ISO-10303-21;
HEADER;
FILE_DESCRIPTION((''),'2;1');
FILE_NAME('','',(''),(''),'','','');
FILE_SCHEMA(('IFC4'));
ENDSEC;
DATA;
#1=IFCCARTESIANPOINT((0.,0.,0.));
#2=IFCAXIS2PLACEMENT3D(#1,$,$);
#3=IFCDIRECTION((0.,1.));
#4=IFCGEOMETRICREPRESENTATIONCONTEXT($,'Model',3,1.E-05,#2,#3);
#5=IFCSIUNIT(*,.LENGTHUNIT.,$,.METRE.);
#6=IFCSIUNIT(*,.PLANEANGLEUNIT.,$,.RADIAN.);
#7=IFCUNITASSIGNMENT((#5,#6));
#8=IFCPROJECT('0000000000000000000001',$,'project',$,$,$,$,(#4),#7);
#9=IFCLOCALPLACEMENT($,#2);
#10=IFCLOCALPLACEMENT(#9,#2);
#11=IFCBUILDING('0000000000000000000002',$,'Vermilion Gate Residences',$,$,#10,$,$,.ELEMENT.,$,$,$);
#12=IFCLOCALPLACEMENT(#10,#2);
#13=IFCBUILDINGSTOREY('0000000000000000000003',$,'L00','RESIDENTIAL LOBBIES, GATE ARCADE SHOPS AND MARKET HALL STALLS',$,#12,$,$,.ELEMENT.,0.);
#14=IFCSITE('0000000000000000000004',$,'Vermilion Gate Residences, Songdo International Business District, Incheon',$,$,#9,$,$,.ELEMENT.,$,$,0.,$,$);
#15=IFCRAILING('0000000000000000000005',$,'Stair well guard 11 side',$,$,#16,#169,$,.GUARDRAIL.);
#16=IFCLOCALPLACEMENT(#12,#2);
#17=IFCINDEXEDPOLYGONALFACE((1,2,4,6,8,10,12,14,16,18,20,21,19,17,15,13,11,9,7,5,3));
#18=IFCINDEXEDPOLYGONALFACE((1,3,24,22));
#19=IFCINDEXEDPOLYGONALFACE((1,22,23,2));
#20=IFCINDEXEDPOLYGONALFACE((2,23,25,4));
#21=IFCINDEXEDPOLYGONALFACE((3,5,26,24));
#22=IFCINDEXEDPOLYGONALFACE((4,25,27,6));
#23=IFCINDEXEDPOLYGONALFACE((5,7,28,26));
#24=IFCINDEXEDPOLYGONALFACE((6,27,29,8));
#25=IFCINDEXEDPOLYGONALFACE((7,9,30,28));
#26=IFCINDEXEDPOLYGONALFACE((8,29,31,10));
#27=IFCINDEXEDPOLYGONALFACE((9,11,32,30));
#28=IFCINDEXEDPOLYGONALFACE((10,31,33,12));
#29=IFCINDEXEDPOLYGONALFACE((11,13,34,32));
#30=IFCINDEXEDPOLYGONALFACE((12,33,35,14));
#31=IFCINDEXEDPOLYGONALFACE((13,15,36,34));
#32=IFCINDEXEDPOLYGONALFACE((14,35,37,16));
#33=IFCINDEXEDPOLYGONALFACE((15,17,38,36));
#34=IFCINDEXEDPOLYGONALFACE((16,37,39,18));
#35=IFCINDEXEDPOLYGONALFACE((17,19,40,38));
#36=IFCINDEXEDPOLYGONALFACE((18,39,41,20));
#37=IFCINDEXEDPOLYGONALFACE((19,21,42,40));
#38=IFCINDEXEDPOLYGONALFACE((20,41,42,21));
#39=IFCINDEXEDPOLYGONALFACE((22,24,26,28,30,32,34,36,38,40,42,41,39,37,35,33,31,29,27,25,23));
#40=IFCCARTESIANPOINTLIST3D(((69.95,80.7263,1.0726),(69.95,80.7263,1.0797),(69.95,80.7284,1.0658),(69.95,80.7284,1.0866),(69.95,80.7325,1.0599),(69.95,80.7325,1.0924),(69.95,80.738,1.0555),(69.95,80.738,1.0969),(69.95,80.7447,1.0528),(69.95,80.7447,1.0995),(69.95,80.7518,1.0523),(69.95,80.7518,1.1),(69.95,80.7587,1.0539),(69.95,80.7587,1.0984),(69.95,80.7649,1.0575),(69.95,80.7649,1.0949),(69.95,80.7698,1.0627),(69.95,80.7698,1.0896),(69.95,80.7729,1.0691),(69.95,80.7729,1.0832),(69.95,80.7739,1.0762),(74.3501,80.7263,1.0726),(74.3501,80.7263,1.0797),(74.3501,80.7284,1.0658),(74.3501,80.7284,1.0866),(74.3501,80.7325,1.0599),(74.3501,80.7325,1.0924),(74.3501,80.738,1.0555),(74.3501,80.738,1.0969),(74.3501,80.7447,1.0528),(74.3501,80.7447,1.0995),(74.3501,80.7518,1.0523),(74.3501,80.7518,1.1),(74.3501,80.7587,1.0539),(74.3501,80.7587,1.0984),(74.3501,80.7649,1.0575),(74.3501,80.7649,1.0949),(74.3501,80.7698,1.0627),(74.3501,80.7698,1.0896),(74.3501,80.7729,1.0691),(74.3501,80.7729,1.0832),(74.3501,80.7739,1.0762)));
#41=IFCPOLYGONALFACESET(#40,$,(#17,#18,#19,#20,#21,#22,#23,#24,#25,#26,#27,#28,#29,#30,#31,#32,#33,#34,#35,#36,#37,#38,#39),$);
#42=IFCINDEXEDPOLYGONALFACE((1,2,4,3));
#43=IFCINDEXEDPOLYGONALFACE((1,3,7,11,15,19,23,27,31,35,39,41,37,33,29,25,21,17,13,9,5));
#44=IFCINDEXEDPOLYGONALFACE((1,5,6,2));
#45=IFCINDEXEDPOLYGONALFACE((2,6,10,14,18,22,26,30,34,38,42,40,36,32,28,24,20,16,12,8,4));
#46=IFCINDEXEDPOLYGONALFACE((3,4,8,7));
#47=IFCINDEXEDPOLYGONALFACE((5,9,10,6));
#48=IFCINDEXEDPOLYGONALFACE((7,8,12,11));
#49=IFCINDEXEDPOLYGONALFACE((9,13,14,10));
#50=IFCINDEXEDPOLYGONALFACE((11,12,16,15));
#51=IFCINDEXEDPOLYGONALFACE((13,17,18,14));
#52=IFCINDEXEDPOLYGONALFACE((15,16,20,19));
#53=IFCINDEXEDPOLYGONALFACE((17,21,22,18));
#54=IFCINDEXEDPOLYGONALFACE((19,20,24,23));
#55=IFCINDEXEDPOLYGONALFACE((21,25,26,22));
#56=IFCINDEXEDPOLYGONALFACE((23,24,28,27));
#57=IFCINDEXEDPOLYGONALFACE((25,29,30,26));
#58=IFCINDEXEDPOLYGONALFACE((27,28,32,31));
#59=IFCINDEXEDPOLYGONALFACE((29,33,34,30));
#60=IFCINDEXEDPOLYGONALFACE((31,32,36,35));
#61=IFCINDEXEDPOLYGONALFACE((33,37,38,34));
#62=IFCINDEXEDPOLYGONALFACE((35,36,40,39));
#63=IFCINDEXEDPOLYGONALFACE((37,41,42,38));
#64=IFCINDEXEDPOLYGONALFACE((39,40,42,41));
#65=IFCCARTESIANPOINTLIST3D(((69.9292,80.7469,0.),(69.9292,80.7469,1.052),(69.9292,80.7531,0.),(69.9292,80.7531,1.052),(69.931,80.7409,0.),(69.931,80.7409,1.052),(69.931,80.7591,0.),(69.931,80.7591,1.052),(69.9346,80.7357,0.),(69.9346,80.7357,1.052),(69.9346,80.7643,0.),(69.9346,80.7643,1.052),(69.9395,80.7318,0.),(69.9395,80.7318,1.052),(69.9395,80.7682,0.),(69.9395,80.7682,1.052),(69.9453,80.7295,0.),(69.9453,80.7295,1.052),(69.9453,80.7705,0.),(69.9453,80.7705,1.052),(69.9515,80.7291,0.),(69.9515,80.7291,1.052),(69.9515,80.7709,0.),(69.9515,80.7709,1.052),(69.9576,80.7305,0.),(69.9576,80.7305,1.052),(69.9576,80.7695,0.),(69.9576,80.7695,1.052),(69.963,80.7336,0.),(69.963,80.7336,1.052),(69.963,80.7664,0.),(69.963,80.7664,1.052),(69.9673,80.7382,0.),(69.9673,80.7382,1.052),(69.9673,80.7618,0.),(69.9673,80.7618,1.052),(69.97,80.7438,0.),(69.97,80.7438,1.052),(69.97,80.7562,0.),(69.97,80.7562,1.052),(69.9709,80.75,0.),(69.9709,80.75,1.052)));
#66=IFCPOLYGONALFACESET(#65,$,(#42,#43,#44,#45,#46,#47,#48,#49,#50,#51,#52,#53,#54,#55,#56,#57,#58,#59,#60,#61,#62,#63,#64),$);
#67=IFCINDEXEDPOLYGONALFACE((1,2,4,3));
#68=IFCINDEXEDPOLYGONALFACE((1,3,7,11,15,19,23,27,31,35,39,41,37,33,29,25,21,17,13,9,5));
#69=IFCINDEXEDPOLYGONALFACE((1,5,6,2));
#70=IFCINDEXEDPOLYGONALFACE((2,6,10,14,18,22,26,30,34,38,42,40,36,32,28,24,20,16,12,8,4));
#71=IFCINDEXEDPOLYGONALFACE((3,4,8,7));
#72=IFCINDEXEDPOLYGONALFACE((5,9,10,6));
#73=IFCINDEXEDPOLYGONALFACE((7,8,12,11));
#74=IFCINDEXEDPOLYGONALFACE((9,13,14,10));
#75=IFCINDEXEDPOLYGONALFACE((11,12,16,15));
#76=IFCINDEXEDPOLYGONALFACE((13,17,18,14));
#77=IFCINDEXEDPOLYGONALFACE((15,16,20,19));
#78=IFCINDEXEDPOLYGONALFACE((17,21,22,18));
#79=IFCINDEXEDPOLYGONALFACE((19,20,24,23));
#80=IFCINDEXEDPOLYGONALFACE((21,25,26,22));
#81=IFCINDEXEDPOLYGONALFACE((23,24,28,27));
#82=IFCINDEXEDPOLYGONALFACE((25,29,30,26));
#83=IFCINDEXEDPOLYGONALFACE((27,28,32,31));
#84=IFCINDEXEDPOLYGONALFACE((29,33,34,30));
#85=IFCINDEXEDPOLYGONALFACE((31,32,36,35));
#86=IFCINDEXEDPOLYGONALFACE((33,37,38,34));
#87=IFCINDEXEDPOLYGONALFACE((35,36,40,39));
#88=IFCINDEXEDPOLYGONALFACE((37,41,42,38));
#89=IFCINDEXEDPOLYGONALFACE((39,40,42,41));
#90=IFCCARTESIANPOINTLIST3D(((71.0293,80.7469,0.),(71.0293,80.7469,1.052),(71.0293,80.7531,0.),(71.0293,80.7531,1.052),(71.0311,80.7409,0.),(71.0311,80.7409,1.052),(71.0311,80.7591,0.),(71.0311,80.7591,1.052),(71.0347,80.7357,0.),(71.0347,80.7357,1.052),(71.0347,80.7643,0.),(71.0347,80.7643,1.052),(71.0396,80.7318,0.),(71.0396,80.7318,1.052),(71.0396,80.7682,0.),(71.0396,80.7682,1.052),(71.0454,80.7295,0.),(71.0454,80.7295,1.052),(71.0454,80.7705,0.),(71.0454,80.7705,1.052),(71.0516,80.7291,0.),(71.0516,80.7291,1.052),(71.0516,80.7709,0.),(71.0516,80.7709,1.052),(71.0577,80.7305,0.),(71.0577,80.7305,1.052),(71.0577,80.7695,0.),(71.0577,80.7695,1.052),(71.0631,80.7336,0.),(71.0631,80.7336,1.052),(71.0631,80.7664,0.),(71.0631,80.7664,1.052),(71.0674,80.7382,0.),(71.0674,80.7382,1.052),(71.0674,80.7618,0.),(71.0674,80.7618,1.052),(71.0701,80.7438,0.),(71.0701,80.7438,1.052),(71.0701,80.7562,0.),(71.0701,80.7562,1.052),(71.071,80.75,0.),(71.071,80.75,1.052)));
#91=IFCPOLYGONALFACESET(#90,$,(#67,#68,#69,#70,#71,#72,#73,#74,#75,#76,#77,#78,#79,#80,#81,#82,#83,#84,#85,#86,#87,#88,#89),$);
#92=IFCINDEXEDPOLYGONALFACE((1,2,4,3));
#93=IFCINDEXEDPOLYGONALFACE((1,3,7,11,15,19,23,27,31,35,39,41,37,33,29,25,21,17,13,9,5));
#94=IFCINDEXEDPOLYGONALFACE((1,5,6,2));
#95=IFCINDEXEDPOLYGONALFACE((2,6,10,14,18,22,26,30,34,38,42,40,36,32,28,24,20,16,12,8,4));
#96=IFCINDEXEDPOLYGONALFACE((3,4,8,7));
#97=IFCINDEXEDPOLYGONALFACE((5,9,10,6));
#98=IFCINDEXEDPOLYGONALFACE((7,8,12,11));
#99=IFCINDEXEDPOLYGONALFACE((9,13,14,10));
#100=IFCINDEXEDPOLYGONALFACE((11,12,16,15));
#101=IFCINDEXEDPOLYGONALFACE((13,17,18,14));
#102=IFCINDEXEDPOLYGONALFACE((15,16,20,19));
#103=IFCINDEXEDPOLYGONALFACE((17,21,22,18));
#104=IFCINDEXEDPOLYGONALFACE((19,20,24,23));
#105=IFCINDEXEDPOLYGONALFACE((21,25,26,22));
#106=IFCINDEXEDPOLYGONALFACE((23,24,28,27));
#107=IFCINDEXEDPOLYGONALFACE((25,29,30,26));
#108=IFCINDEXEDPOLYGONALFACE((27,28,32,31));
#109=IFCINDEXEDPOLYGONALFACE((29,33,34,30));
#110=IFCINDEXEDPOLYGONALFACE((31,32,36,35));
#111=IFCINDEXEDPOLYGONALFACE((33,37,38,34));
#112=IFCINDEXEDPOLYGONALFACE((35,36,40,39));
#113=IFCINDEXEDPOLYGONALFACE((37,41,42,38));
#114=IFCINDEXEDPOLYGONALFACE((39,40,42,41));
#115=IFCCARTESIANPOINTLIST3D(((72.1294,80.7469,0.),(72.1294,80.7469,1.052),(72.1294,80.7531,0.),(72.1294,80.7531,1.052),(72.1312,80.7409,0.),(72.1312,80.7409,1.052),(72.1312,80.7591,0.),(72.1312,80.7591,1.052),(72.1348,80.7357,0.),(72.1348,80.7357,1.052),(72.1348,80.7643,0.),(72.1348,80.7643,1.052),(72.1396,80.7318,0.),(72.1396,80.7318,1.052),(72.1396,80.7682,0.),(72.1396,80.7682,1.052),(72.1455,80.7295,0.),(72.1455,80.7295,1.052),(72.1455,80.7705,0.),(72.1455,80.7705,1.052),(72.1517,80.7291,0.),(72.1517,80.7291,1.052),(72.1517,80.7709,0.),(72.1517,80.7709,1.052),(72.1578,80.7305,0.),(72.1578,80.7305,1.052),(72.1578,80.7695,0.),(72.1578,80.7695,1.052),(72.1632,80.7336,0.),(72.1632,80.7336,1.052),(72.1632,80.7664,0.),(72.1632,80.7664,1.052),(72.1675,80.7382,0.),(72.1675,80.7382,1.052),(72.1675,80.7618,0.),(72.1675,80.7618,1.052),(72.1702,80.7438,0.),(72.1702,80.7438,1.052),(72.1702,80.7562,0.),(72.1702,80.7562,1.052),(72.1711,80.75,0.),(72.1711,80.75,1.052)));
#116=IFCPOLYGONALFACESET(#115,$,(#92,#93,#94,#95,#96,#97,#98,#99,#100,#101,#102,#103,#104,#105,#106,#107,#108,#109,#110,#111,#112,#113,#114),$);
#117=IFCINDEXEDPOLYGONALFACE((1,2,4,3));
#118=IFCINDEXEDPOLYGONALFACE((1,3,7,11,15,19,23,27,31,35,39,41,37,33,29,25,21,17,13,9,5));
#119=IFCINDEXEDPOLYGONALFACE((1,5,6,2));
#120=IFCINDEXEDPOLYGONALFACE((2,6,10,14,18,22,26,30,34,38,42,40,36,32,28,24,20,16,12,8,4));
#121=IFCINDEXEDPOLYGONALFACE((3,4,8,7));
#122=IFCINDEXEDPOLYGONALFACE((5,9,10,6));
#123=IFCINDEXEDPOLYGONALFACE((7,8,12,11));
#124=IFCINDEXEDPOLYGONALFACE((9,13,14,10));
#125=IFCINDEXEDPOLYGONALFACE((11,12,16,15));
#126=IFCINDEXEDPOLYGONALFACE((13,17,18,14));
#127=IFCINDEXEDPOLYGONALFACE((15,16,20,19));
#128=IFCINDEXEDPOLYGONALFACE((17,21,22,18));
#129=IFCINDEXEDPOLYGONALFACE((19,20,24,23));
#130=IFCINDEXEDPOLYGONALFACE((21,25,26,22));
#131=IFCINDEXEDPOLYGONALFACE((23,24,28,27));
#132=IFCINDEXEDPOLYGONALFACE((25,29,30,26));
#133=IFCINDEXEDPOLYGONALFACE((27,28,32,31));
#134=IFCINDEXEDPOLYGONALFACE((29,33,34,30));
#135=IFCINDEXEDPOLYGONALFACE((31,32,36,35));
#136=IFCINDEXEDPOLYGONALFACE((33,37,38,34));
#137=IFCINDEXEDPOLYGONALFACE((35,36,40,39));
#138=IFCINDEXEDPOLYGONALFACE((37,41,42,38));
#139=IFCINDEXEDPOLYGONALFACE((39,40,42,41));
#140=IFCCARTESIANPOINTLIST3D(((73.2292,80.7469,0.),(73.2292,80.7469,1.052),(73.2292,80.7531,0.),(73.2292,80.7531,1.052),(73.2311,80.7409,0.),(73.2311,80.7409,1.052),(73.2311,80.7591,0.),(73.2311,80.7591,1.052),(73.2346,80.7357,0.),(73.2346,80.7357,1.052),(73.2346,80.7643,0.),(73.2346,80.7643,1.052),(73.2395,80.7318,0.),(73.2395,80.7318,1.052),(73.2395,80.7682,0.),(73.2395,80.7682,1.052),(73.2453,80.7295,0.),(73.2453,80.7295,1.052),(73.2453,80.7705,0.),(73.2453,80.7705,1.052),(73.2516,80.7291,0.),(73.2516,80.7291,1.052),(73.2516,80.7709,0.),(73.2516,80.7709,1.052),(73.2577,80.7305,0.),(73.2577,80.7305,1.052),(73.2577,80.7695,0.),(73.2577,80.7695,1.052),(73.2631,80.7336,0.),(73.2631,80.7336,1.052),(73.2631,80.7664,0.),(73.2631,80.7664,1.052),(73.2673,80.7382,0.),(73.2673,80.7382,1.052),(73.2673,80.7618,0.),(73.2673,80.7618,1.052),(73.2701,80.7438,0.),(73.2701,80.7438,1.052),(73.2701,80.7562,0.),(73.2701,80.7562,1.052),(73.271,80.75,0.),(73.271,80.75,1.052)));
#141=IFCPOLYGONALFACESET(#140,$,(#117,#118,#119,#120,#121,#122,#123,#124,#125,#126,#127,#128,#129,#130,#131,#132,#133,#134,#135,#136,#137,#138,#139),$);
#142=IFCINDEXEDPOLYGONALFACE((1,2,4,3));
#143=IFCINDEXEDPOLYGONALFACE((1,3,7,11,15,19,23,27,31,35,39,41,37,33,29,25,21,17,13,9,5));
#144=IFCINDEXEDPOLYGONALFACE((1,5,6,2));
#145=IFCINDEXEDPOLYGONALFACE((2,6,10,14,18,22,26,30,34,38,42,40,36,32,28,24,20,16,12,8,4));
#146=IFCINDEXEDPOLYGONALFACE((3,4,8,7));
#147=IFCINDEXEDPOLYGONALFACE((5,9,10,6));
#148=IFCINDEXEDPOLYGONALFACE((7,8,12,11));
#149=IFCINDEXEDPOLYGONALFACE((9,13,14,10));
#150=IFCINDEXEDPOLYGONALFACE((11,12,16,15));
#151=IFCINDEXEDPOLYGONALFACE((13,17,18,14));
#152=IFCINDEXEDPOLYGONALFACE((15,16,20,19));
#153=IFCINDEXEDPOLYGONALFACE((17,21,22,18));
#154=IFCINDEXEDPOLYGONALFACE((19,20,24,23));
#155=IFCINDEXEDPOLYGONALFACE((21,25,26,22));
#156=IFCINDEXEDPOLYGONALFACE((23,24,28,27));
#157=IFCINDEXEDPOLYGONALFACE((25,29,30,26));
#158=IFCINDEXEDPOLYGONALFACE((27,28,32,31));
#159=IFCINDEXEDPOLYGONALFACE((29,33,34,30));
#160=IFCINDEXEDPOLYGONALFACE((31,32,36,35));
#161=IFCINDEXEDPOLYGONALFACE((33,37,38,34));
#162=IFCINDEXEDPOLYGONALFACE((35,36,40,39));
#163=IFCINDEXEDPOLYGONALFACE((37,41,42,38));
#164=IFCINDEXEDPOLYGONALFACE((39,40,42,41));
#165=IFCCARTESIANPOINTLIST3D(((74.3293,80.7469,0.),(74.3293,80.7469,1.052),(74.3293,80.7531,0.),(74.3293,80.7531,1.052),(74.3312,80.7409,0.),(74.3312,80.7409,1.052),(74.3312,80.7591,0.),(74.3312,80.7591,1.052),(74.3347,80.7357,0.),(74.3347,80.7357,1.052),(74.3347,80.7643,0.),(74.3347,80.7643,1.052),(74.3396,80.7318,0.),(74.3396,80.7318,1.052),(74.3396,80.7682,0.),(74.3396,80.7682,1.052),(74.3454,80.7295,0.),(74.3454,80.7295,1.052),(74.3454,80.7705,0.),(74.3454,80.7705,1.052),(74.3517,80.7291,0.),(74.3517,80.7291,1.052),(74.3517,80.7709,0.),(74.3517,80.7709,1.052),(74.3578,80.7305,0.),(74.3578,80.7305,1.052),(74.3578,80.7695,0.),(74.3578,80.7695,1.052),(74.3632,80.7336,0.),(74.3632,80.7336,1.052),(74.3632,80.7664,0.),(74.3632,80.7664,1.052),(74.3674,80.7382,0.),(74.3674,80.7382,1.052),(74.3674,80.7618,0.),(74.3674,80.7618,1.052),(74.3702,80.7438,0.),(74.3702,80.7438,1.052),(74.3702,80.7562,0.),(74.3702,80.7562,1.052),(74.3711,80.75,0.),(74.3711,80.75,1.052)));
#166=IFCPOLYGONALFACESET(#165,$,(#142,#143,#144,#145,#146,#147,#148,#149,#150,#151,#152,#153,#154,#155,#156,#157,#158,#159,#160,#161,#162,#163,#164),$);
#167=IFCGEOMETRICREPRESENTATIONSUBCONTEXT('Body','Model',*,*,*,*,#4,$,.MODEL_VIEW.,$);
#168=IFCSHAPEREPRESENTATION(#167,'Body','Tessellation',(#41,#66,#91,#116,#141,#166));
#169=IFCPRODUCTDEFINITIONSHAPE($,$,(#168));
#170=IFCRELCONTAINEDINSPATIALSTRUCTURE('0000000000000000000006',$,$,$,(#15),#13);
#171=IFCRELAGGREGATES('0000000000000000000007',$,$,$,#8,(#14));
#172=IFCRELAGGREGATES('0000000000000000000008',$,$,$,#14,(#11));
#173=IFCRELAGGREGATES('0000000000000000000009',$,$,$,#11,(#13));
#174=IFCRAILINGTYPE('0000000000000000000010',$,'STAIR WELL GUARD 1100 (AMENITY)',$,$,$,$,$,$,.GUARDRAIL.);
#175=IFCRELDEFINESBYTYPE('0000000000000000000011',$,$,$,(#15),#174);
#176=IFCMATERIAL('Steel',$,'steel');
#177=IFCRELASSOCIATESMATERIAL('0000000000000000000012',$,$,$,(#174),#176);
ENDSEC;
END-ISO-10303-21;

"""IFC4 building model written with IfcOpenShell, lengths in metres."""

from ifc_helpers import new_model, si_unit, direction, frame, origin, origin_2d, place, context, subcontext, project, spatial, circle, extrude, material, type_object, element, save


model = new_model("IFC4")

# Units and contexts
model_context = context("Model", 3, precision=1e-05, world=origin(), true_north=direction((0.0, 1.0)))
body_context = subcontext(model_context, "Body", "Model", "MODEL_VIEW")
ifc_project = project(units=[si_unit("LENGTHUNIT", "METRE"), si_unit("PLANEANGLEUNIT", "RADIAN")], contexts=[model_context])

# Site, building, storey
site_placement = place(None, origin())
site = spatial("IfcSite", under=ifc_project, at=site_placement, Name="Vermilion Gate Residences, Songdo International Business District, Incheon", CompositionType="ELEMENT", RefElevation=0.0)
building_placement = place(site_placement, origin())
building = spatial("IfcBuilding", under=site, at=building_placement, Name="Vermilion Gate Residences", CompositionType="ELEMENT")
storey_placement = place(building_placement, origin())
storey = spatial("IfcBuildingStorey", under=building, at=storey_placement, Name="L00", Description="RESIDENTIAL LOBBIES, GATE ARCADE SHOPS AND MARKET HALL STALLS", CompositionType="ELEMENT", Elevation=0.0)

# Railing
ifc_material_1 = material(Name="Steel", Category="steel")
railing_type = type_object("IfcRailingType", Name="STAIR WELL GUARD 1100 (AMENITY)", PredefinedType="GUARDRAIL", material=ifc_material_1)
railing_1_placement = place(storey_placement, frame((69.95, 80.75, 0.0)))
element("IfcRailing", 1, at=railing_1_placement, inside=storey, type_object=railing_type, Name="Stair well guard 11 side", PredefinedType="GUARDRAIL", context=body_context, shape_type="SweptSolid", body=[
    extrude(circle(Radius=0.0239, at=origin_2d()), frame((0.0, 0.0, 1.0762), z_axis=(1.0, 0.0, 0.0), x_axis=(0.0, 1.0, 0.0)), (0.0, 0.0, 1.0), 4.4001),
    extrude(circle(Radius=0.021, at=origin_2d()), origin(), (0.0, 0.0, 1.0), 1.052),
    extrude(circle(Radius=0.021, at=origin_2d()), frame((1.1001, 0.0, 0.0)), (0.0, 0.0, 1.0), 1.052),
    extrude(circle(Radius=0.021, at=origin_2d()), frame((2.2002, 0.0, 0.0)), (0.0, 0.0, 1.0), 1.052),
    extrude(circle(Radius=0.021, at=origin_2d()), frame((3.3, 0.0, 0.0)), (0.0, 0.0, 1.0), 1.052),
    extrude(circle(Radius=0.021, at=origin_2d()), frame((4.4001, 0.0, 0.0)), (0.0, 0.0, 1.0), 1.052),
])

save(model, "model.ifc")
